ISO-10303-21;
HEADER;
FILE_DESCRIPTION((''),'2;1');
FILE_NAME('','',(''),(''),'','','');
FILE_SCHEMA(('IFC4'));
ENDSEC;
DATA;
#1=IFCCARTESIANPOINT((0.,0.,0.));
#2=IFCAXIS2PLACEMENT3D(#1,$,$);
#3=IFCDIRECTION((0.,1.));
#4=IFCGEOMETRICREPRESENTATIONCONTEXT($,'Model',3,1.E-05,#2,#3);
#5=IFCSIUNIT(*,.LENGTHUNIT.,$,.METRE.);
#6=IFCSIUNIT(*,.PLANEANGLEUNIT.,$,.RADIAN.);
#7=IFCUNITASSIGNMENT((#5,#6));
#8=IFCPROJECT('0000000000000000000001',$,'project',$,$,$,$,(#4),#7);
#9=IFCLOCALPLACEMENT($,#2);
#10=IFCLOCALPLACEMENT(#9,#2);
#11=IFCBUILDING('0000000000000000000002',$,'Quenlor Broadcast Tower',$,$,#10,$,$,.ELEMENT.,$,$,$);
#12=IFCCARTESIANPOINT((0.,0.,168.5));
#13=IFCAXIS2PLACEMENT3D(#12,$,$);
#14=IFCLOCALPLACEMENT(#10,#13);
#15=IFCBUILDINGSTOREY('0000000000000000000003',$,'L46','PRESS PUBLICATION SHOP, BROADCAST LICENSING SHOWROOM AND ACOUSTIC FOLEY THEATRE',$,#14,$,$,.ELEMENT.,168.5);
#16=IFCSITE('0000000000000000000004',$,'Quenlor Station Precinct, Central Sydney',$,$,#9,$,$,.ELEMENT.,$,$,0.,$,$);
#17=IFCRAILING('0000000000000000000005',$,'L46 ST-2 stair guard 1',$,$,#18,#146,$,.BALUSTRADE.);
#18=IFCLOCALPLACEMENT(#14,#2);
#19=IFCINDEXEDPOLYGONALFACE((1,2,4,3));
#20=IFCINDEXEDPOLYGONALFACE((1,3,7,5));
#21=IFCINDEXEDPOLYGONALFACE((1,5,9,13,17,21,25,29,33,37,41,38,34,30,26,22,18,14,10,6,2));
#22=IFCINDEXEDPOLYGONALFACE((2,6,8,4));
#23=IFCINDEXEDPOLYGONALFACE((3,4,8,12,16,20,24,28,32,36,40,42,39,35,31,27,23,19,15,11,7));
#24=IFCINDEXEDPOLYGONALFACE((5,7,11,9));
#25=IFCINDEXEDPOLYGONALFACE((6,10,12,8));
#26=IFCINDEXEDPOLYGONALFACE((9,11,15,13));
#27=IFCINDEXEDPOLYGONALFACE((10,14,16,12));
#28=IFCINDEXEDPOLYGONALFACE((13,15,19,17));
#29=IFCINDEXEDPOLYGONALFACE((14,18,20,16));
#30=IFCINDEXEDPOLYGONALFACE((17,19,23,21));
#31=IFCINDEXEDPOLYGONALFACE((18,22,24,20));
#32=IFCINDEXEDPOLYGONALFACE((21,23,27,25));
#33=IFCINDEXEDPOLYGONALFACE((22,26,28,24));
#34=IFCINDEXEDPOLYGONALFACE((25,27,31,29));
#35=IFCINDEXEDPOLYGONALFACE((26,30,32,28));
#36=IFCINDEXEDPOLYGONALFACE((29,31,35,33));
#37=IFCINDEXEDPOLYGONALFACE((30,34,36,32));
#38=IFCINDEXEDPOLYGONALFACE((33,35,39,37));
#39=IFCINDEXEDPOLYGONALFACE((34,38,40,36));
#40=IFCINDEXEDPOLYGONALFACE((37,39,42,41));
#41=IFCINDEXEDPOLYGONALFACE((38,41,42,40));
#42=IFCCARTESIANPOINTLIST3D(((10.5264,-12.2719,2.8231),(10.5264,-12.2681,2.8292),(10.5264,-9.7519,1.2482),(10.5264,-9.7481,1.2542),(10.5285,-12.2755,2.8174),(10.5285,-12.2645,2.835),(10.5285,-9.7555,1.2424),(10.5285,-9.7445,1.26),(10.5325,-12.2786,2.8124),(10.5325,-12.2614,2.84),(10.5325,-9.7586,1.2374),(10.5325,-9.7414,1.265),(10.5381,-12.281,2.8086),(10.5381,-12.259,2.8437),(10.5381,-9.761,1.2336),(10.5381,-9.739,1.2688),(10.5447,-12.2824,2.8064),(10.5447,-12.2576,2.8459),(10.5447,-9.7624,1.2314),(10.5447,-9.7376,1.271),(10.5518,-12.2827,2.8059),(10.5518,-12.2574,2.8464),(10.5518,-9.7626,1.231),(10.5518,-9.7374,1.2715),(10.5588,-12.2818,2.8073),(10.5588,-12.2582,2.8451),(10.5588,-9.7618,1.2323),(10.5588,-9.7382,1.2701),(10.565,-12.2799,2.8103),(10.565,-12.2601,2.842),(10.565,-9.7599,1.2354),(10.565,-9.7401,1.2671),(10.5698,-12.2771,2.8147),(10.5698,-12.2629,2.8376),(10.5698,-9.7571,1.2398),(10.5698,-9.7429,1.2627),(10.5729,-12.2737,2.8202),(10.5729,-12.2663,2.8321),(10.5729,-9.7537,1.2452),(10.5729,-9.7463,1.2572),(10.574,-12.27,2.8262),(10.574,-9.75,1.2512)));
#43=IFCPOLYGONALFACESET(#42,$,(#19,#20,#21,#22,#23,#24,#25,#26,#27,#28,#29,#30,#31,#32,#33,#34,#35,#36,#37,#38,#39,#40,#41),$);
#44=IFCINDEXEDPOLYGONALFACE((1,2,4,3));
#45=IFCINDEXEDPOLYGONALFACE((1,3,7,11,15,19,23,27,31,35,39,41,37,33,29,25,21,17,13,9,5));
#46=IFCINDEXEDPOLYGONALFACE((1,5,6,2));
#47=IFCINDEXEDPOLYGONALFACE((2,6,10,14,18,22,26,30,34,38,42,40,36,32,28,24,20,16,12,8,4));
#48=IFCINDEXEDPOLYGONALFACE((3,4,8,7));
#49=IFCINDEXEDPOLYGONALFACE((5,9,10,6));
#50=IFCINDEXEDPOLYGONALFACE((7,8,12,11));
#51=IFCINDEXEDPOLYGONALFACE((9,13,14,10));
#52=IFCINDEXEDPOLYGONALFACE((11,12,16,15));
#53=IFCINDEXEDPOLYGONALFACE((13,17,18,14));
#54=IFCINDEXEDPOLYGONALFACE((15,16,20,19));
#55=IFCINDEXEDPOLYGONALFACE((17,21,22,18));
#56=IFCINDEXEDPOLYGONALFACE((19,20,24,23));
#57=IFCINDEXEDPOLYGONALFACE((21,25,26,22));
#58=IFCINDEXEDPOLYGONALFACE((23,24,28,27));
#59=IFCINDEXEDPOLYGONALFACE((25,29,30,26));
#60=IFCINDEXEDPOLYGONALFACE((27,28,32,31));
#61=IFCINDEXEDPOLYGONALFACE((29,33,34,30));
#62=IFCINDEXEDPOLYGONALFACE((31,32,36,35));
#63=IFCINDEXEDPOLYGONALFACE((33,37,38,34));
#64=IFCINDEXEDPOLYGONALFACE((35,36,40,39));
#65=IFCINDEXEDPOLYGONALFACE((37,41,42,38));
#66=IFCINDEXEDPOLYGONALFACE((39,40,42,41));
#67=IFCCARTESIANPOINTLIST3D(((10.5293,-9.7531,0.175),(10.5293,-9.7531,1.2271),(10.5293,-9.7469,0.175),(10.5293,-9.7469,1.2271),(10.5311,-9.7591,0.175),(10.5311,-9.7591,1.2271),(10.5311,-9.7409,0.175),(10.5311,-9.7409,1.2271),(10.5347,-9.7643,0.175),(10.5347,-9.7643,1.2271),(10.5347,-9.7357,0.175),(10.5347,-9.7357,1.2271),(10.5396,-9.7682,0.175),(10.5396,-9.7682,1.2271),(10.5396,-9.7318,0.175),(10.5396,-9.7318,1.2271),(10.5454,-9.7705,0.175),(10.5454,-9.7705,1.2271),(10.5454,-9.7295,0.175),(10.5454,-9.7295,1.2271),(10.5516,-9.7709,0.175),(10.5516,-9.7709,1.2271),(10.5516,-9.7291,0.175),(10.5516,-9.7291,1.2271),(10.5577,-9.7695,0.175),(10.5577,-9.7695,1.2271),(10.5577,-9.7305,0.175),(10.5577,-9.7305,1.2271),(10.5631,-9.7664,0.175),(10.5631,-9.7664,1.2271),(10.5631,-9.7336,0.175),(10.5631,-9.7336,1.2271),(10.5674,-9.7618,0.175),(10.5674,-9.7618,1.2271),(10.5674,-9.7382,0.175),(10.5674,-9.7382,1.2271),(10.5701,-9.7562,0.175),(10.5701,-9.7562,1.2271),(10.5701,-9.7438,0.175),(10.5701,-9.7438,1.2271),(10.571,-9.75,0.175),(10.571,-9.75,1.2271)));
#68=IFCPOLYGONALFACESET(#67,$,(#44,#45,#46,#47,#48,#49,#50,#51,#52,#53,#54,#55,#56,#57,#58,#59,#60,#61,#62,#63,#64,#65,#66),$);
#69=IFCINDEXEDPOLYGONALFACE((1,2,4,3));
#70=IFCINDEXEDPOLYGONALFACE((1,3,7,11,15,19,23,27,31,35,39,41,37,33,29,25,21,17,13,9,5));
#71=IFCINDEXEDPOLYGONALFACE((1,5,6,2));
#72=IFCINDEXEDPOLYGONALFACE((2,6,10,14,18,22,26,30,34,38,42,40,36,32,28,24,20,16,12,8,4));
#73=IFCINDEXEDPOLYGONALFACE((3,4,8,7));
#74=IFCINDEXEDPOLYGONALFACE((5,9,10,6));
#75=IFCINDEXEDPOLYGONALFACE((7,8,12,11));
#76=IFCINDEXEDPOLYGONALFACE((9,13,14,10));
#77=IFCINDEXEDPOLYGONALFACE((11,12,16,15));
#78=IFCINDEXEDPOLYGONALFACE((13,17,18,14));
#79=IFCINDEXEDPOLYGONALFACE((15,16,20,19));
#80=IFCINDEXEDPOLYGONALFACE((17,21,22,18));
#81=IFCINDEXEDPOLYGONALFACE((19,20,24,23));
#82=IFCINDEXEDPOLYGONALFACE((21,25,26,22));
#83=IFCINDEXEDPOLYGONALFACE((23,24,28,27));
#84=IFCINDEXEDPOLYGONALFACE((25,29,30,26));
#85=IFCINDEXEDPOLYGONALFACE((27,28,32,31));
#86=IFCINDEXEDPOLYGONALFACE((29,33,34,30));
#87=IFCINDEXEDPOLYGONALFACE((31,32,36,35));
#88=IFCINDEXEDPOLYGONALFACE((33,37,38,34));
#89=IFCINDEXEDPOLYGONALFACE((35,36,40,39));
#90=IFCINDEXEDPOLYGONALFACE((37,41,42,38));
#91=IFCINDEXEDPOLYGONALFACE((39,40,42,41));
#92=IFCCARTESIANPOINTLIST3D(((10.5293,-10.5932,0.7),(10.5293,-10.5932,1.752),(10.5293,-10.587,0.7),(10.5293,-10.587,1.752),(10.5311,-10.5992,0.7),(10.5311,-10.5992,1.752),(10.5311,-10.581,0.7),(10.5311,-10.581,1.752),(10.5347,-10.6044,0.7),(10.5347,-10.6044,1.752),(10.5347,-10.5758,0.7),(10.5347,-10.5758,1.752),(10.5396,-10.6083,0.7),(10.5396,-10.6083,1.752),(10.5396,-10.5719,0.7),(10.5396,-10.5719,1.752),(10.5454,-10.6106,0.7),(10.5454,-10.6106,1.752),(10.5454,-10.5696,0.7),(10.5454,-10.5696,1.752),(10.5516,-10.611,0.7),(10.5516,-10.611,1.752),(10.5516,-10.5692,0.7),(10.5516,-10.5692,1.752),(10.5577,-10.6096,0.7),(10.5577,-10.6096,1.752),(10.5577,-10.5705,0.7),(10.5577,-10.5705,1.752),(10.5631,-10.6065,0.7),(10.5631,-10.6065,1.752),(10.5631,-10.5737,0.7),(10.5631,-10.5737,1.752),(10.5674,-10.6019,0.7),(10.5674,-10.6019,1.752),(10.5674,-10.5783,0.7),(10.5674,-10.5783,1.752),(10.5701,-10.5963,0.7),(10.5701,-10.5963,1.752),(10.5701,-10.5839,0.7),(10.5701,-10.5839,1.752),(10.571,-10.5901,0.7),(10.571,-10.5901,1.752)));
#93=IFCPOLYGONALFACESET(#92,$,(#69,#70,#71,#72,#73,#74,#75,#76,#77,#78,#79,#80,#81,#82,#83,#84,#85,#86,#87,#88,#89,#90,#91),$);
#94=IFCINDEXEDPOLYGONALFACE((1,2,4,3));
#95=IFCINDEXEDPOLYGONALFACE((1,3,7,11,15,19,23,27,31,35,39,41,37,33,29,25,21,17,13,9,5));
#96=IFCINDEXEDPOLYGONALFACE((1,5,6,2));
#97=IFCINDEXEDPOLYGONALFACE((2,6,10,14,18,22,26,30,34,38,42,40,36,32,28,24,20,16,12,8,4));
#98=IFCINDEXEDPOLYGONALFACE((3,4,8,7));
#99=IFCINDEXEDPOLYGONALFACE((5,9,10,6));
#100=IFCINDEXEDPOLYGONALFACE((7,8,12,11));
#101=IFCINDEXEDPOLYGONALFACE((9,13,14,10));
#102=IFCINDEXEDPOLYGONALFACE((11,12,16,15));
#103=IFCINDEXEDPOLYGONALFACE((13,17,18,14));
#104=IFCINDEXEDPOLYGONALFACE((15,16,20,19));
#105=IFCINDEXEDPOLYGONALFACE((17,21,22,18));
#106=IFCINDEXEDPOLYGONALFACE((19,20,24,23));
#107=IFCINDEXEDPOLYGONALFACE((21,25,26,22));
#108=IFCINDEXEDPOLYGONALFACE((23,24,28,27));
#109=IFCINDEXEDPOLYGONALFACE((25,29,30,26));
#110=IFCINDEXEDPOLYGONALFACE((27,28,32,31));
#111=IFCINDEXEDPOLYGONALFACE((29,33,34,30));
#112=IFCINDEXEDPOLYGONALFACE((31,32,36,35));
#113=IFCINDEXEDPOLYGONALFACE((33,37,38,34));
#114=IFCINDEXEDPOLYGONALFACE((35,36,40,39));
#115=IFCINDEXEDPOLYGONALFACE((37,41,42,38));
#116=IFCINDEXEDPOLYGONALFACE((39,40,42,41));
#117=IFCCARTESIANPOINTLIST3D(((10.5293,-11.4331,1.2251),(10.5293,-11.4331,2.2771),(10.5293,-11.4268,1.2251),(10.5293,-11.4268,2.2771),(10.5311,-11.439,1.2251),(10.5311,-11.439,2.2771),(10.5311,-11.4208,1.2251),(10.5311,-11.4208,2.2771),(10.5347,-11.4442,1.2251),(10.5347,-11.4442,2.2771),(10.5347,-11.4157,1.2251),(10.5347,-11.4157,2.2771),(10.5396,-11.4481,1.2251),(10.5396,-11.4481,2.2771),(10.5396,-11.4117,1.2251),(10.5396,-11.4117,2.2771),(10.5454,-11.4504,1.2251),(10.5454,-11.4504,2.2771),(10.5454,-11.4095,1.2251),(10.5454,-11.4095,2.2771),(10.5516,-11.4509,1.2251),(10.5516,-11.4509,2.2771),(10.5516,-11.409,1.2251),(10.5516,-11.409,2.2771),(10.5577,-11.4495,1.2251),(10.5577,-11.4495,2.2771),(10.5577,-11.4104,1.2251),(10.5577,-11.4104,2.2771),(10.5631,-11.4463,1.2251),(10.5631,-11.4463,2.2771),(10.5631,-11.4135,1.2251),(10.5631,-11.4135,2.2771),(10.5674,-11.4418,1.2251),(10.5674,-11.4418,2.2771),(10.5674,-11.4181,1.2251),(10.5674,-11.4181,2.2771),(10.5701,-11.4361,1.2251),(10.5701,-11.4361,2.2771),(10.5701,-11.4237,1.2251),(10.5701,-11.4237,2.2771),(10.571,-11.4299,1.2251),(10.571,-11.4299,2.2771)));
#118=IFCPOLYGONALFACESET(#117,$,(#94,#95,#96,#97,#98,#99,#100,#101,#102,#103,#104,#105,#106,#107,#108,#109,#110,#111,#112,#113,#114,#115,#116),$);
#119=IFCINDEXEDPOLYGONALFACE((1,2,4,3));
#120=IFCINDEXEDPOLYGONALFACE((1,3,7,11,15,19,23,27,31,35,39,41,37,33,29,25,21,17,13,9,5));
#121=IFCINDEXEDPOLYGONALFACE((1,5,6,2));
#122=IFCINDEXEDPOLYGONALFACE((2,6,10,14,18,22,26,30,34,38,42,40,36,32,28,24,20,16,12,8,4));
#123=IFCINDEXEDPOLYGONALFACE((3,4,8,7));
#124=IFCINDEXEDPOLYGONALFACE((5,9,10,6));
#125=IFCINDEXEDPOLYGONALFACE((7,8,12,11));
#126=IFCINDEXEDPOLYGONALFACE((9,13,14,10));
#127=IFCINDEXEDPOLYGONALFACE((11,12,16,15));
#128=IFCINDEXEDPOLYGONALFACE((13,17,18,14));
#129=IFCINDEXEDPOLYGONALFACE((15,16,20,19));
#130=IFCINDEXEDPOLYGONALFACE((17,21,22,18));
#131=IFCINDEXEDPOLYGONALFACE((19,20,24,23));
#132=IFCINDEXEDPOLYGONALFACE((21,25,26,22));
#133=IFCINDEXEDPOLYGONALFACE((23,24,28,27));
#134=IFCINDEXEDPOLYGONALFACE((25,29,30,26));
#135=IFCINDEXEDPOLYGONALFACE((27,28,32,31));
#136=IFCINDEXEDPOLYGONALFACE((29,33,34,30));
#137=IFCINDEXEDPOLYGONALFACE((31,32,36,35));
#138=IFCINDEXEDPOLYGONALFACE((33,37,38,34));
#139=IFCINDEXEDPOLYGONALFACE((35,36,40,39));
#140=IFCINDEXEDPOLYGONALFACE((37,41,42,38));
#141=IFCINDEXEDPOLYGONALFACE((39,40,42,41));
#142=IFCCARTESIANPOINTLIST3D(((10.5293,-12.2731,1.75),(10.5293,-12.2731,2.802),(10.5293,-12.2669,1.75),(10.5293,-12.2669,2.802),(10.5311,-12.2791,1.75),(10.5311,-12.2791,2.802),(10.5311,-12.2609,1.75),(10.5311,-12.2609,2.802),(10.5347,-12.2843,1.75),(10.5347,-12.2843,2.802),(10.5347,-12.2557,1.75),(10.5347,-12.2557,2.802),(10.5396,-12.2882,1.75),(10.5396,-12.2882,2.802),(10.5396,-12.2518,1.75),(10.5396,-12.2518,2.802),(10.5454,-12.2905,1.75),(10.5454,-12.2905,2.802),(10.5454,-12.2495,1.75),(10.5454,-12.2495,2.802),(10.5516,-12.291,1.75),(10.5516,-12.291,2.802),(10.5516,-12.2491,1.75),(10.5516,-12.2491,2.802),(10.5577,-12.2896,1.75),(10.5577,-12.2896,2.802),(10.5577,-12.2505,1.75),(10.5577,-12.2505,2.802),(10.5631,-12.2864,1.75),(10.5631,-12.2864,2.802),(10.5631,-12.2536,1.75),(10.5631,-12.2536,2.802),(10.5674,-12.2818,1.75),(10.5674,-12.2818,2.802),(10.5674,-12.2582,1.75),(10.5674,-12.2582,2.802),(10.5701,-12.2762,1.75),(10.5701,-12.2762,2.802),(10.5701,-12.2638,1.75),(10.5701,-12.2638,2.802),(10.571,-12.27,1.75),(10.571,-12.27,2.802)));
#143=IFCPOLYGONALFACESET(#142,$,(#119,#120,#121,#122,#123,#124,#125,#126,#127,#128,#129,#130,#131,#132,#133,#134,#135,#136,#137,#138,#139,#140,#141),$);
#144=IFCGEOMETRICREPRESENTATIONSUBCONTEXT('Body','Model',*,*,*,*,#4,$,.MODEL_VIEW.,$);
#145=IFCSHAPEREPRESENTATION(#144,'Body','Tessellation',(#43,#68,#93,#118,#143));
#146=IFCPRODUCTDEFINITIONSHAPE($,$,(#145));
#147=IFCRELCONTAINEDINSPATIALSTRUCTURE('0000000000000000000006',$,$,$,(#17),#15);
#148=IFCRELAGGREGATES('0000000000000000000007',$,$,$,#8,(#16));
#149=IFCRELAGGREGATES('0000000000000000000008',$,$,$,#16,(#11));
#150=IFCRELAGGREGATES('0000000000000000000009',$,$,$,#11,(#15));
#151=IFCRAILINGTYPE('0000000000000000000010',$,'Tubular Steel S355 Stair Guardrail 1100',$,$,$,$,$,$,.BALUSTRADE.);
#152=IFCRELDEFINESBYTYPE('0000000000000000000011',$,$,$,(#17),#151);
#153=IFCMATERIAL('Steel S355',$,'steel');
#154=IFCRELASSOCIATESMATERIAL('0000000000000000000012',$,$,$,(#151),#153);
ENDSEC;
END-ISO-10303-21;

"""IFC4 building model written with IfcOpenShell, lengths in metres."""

from ifc_helpers import new_model, si_unit, direction, frame, origin, origin_2d, place, context, subcontext, project, spatial, circle, extrude, material, type_object, element, save


model = new_model("IFC4")

# Units and contexts
model_context = context("Model", 3, precision=1e-05, world=origin(), true_north=direction((0.0, 1.0)))
body_context = subcontext(model_context, "Body", "Model", "MODEL_VIEW")
ifc_project = project(units=[si_unit("LENGTHUNIT", "METRE"), si_unit("PLANEANGLEUNIT", "RADIAN")], contexts=[model_context])

# Site, building, storey
site_placement = place(None, origin())
site = spatial("IfcSite", under=ifc_project, at=site_placement, Name="Quenlor Station Precinct, Central Sydney", CompositionType="ELEMENT", RefElevation=0.0)
building_placement = place(site_placement, origin())
building = spatial("IfcBuilding", under=site, at=building_placement, Name="Quenlor Broadcast Tower", CompositionType="ELEMENT")
storey_placement = place(building_placement, frame((0.0, 0.0, 168.5)))
storey = spatial("IfcBuildingStorey", under=building, at=storey_placement, Name="L46", Description="PRESS PUBLICATION SHOP, BROADCAST LICENSING SHOWROOM AND ACOUSTIC FOLEY THEATRE", CompositionType="ELEMENT", Elevation=168.5)

# Railing
ifc_material_1 = material(Name="Steel S355", Category="steel")
railing_type = type_object("IfcRailingType", Name="Tubular Steel S355 Stair Guardrail 1100", PredefinedType="BALUSTRADE", material=ifc_material_1)
railing_1_placement = place(storey_placement, frame((10.55, -9.75, 0.175)))
element("IfcRailing", 1, at=railing_1_placement, inside=storey, type_object=railing_type, Name="L46 ST-2 stair guard 1", PredefinedType="BALUSTRADE", context=body_context, shape_type="SweptSolid", body=[
    extrude(circle(Radius=0.0239, at=origin_2d()), frame((0.0, 0.0, 1.0762), z_axis=(0.0, -0.848008, 0.529984), x_axis=(1.0, 0.0, 0.0)), (0.0, 0.0, 1.0), 2.9717),
    extrude(circle(Radius=0.021, at=origin_2d()), origin(), (0.0, 0.0, 1.0), 1.052),
    extrude(circle(Radius=0.021, at=origin_2d()), frame((0.0, -0.8401, 0.5249)), (0.0, 0.0, 1.0), 1.052),
    extrude(circle(Radius=0.021, at=origin_2d()), frame((0.0, -1.6799, 1.05)), (0.0, 0.0, 1.0), 1.052),
    extrude(circle(Radius=0.021, at=origin_2d()), frame((0.0, -2.52, 1.575)), (0.0, 0.0, 1.0), 1.052),
])

save(model, "model.ifc")
